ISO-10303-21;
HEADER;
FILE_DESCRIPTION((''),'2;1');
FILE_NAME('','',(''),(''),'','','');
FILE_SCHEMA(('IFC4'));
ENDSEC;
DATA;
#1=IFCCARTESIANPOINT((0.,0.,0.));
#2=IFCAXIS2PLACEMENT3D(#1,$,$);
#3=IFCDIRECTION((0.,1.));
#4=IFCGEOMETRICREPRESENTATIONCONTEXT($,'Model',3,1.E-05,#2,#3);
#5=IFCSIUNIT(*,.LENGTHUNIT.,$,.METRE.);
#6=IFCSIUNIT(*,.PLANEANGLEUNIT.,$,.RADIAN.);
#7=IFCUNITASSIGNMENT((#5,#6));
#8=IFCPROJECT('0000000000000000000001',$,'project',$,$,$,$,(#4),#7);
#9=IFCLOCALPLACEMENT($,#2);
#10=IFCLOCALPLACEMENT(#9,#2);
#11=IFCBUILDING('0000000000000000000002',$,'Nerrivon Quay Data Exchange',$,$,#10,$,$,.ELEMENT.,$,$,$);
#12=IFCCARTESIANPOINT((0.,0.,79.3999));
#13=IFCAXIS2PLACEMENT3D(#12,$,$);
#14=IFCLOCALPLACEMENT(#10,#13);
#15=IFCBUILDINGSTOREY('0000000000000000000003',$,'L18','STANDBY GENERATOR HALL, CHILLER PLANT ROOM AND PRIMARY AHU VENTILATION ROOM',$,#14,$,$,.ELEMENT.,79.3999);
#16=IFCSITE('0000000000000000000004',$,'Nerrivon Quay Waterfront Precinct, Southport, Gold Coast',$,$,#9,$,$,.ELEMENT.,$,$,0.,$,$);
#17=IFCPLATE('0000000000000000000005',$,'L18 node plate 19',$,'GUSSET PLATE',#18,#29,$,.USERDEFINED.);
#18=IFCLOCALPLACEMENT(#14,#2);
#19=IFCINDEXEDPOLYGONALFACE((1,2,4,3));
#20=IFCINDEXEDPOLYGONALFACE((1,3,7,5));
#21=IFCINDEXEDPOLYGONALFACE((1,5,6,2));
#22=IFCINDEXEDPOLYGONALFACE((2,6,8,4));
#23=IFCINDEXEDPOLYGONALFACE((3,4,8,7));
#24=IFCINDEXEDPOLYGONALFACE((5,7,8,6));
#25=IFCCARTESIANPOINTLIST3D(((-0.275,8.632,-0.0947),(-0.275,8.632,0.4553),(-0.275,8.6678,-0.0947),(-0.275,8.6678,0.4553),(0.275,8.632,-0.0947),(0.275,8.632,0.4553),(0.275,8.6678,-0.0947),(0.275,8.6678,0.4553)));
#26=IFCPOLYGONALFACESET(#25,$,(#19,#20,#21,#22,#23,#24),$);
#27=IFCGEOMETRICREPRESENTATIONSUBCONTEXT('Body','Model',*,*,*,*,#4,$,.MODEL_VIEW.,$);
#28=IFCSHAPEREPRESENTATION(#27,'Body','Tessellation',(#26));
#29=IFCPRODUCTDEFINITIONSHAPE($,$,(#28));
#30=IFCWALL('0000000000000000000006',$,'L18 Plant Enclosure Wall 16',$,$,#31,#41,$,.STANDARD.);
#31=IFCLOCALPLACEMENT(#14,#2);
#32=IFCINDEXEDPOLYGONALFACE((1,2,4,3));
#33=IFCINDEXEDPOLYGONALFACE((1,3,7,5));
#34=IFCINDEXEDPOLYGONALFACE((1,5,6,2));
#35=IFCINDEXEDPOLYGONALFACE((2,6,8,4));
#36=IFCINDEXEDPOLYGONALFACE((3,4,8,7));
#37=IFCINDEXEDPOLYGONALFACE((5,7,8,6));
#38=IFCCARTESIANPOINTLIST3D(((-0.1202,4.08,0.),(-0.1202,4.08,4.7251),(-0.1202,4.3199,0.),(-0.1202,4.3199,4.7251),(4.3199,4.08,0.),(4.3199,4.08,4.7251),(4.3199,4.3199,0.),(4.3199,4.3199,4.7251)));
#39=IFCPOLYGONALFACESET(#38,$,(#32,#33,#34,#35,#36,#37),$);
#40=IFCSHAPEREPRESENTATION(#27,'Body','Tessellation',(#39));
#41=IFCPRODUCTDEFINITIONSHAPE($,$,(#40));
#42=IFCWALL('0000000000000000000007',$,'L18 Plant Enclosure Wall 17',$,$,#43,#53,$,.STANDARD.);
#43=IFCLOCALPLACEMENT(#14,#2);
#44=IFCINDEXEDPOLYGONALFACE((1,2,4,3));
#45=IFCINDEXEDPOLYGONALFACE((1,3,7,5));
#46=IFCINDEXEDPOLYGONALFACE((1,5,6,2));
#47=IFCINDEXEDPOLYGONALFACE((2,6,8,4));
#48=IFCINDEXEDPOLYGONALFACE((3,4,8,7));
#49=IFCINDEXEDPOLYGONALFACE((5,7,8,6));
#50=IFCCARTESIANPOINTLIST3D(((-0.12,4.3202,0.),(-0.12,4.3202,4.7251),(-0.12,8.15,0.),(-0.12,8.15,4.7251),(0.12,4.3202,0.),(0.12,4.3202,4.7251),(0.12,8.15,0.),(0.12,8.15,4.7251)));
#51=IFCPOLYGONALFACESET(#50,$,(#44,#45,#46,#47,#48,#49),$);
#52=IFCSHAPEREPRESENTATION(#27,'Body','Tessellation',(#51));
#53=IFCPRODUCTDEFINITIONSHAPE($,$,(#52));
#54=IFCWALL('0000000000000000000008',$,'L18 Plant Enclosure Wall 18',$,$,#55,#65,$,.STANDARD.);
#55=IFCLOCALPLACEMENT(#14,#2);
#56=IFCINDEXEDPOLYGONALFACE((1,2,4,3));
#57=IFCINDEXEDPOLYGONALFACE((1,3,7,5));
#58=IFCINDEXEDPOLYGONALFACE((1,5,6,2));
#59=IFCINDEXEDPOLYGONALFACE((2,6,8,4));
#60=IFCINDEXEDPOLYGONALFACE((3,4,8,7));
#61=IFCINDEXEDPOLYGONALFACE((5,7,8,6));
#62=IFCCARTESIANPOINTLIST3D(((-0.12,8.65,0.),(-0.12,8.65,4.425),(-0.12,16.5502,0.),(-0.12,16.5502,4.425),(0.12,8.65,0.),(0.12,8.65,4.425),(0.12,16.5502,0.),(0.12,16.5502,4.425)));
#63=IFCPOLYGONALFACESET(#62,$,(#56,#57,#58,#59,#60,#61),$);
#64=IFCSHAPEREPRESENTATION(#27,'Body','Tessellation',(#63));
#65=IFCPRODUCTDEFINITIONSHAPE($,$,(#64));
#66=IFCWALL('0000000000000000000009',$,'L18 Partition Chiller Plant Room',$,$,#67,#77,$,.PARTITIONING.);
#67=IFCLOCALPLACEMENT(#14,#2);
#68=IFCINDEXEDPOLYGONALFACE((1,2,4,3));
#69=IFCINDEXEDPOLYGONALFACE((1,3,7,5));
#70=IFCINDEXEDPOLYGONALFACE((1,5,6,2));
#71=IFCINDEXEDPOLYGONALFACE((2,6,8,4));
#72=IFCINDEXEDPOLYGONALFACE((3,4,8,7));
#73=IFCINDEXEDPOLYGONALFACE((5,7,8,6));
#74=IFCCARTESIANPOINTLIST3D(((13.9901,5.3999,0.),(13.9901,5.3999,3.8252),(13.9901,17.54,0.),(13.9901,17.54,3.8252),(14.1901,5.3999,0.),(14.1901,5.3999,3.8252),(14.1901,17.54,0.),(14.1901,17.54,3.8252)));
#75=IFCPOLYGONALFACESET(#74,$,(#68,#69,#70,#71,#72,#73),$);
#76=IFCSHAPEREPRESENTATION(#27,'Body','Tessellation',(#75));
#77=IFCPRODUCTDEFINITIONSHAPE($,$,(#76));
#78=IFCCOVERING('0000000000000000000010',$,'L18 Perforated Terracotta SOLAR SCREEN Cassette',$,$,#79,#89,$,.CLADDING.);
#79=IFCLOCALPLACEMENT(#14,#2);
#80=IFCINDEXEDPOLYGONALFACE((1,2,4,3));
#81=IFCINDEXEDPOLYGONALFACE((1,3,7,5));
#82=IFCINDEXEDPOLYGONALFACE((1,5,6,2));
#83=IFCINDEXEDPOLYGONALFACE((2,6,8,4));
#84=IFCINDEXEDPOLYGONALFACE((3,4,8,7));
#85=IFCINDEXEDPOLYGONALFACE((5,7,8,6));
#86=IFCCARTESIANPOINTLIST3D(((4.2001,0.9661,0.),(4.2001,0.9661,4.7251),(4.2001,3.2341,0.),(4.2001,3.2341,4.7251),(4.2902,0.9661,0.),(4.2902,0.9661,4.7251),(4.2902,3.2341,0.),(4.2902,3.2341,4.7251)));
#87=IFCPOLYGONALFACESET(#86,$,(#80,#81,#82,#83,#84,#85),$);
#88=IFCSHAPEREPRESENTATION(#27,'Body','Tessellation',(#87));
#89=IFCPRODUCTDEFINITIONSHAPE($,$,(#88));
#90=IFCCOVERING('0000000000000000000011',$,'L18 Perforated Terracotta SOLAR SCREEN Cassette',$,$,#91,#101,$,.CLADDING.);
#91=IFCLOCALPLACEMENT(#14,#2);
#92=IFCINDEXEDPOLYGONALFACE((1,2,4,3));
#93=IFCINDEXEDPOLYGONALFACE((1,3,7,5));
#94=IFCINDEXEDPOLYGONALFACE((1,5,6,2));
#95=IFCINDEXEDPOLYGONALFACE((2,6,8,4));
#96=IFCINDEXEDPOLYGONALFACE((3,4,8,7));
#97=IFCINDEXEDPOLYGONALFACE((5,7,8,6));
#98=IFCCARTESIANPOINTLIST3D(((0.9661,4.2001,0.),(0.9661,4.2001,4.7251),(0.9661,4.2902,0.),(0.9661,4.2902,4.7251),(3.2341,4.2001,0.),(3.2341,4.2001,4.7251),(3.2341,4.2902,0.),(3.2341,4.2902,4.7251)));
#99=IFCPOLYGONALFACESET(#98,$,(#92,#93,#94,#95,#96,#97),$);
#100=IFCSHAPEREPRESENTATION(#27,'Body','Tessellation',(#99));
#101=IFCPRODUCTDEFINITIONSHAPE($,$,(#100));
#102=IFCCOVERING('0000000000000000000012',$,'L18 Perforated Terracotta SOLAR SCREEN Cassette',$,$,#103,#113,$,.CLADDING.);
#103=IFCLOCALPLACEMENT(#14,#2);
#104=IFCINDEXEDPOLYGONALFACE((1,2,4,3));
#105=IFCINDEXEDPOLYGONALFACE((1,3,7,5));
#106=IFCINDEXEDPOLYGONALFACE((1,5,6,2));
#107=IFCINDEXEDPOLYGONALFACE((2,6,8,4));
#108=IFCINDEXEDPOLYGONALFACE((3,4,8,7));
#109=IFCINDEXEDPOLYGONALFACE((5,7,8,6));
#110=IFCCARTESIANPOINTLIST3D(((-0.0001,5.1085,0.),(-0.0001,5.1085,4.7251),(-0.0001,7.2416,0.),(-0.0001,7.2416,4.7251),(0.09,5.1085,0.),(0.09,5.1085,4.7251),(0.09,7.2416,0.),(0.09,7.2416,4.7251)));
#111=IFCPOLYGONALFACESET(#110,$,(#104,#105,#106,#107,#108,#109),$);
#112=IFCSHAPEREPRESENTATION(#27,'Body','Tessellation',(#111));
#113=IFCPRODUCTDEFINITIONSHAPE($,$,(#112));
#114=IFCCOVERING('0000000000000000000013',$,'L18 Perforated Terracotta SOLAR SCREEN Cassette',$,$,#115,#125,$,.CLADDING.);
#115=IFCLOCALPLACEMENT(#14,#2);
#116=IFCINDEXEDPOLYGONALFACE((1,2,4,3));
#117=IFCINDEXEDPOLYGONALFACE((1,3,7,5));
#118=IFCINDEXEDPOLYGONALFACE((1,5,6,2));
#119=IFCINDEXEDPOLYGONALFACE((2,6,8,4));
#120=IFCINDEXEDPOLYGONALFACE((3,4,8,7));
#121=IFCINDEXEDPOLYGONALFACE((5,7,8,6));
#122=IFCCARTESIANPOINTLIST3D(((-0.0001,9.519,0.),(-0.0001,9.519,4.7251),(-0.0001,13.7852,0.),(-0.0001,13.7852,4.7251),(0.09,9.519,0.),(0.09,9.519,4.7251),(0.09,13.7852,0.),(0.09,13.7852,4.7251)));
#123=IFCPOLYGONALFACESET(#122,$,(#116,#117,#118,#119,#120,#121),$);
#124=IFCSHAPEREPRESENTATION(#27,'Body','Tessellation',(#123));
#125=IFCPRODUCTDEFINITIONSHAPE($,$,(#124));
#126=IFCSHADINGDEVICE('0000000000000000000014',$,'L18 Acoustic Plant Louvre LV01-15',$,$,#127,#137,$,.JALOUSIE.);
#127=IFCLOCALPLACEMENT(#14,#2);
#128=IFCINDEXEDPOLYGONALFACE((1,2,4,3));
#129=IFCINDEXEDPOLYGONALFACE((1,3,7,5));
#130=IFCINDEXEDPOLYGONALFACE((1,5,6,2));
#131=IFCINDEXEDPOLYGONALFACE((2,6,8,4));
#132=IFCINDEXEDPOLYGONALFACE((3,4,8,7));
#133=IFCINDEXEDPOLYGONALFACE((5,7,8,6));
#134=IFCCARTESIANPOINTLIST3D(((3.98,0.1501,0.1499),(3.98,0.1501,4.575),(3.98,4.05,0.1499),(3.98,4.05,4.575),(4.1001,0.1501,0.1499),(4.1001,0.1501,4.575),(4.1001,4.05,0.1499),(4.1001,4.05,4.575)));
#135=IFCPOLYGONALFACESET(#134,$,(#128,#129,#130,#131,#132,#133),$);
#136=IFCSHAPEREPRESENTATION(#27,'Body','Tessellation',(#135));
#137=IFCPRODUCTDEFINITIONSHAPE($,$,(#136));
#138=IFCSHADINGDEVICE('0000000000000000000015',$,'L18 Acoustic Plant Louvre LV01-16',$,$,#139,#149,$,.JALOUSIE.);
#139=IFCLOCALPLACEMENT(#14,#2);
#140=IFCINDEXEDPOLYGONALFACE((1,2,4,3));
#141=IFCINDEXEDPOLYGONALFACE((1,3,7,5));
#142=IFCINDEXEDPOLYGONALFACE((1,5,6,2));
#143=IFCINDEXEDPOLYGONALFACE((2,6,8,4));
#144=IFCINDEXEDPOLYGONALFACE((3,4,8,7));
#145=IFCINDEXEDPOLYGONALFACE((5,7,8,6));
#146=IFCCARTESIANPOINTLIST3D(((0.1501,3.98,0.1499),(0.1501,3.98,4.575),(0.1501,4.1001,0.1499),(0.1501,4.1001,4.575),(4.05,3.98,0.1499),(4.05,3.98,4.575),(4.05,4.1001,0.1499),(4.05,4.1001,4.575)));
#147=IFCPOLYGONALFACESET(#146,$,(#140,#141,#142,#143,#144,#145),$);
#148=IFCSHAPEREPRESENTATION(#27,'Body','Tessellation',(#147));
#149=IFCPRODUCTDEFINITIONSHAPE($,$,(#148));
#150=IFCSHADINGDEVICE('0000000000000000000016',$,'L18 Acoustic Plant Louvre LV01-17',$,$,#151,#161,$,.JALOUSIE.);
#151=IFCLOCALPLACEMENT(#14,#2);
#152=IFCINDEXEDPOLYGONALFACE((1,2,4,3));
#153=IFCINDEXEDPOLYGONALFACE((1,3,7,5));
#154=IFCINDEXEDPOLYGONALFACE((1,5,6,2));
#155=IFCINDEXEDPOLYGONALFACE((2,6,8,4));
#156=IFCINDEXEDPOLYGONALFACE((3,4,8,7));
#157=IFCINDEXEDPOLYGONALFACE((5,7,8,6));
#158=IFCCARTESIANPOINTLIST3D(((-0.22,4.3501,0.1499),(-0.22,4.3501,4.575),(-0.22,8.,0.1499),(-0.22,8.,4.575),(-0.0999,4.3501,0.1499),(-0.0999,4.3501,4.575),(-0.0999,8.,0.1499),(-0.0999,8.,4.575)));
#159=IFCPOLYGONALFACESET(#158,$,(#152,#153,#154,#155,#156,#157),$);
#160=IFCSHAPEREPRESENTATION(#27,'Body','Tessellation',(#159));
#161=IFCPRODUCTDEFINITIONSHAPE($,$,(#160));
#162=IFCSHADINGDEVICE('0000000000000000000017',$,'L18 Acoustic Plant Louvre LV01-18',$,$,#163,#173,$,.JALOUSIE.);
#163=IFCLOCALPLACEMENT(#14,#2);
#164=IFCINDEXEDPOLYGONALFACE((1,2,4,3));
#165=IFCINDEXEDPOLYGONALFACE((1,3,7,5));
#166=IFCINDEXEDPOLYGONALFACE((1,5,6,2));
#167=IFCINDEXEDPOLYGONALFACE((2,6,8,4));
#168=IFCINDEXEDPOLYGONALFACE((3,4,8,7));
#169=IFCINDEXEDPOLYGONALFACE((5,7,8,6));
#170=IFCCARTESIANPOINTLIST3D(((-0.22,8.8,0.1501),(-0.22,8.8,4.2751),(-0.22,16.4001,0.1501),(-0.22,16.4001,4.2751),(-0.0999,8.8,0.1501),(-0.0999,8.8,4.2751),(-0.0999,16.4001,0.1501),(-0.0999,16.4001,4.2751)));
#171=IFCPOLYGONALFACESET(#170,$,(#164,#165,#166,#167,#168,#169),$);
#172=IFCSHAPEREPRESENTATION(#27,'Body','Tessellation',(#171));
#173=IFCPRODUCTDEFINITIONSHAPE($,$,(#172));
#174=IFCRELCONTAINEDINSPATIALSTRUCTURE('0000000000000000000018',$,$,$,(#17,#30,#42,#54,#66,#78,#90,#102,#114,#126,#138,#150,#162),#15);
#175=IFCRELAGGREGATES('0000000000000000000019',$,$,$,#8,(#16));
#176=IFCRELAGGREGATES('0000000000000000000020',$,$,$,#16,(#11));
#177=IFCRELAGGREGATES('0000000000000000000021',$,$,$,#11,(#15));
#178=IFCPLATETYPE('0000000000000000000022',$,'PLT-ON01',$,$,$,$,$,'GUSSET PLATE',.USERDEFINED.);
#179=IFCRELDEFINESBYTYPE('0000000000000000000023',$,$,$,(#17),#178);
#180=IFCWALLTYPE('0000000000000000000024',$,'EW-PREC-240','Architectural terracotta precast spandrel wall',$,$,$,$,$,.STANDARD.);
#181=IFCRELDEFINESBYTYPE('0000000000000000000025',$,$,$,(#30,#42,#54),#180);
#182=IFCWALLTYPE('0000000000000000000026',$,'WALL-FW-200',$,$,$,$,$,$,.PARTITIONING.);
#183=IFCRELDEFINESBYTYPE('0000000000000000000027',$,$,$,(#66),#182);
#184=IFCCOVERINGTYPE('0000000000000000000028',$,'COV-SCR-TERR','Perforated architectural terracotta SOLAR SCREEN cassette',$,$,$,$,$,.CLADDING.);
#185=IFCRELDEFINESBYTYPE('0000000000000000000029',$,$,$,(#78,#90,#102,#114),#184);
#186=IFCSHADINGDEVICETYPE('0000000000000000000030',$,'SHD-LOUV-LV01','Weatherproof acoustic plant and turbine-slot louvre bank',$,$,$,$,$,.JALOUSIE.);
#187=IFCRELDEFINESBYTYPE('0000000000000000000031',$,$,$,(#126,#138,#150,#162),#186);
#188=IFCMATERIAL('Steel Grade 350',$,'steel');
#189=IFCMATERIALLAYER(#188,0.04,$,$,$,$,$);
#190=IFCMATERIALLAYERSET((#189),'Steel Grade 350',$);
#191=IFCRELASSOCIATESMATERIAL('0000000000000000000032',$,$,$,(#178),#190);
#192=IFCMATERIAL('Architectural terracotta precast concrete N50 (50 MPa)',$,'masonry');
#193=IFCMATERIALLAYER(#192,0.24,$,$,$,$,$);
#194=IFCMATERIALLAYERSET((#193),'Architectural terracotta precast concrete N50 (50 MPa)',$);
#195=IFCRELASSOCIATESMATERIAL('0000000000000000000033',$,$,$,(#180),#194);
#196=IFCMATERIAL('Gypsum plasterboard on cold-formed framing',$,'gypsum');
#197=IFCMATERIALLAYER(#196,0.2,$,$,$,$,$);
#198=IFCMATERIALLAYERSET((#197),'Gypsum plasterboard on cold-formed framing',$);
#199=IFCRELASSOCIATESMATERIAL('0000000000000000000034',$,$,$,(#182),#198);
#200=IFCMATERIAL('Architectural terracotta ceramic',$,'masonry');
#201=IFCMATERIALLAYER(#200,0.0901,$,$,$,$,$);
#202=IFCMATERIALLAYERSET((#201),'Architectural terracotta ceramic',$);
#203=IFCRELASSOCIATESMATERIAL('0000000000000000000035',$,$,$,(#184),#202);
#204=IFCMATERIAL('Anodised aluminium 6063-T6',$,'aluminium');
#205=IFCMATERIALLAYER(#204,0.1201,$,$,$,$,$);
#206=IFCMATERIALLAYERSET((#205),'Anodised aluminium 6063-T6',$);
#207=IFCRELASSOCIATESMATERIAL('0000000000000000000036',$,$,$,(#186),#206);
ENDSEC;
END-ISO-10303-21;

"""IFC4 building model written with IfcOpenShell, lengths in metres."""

from ifc_helpers import new_model, si_unit, direction, frame, frame_2d, origin, origin_2d, place, context, subcontext, project, spatial, rectangle, extrude, material, layer, layer_set, type_object, element, save


model = new_model("IFC4")

# Units and contexts
model_context = context("Model", 3, precision=1e-05, world=origin(), true_north=direction((0.0, 1.0)))
body_context = subcontext(model_context, "Body", "Model", "MODEL_VIEW")
ifc_project = project(units=[si_unit("LENGTHUNIT", "METRE"), si_unit("PLANEANGLEUNIT", "RADIAN")], contexts=[model_context])

# Site, building, storey
site_placement = place(None, origin())
site = spatial("IfcSite", under=ifc_project, at=site_placement, Name="Nerrivon Quay Waterfront Precinct, Southport, Gold Coast", CompositionType="ELEMENT", RefElevation=0.0)
building_placement = place(site_placement, origin())
building = spatial("IfcBuilding", under=site, at=building_placement, Name="Nerrivon Quay Data Exchange", CompositionType="ELEMENT")
storey_placement = place(building_placement, frame((0.0, 0.0, 79.3999)))
storey = spatial("IfcBuildingStorey", under=building, at=storey_placement, Name="L18", Description="STANDBY GENERATOR HALL, CHILLER PLANT ROOM AND PRIMARY AHU VENTILATION ROOM", CompositionType="ELEMENT", Elevation=79.3999)

# Shared definitions
ifc_material_1 = material(Name="Steel Grade 350", Category="steel")

# Plate
ifc_layer_1 = layer(ifc_material_1, 0.04)
ifc_layer_set_1 = layer_set([ifc_layer_1], Name="Steel Grade 350")
plate_type = type_object("IfcPlateType", Name="PLT-ON01", ElementType="GUSSET PLATE", PredefinedType="USERDEFINED", material=ifc_layer_set_1)
plate_placement = place(storey_placement, frame((0.0, 8.6499, -0.0947), z_axis=(0.0, 0.0, 1.0), x_axis=(1.0, 0.0, 0.0)))
element("IfcPlate", 1, at=plate_placement, inside=storey, type_object=plate_type, Name="L18 node plate 19", ObjectType="GUSSET PLATE", PredefinedType="USERDEFINED", context=body_context, shape_type="SweptSolid", body=[
    extrude(rectangle(XDim=0.55, YDim=0.0359, at=origin_2d()), origin(), (0.0, 0.0, 1.0), 0.55),
])

# Walls
ifc_material_2 = material(Name="Architectural terracotta precast concrete N50 (50 MPa)", Category="masonry")
ifc_layer_2 = layer(ifc_material_2, 0.24)
ifc_layer_set_2 = layer_set([ifc_layer_2], Name="Architectural terracotta precast concrete N50 (50 MPa)")
wall_type_1 = type_object("IfcWallType", Name="EW-PREC-240", Description="Architectural terracotta precast spandrel wall", PredefinedType="STANDARD", material=ifc_layer_set_2)
wall_1_placement = place(storey_placement, frame((4.3201, 4.2, 0.0), z_axis=(0.0, 0.0, 1.0), x_axis=(-1.0, 0.0, 0.0)))
element("IfcWall", 2, at=wall_1_placement, inside=storey, type_object=wall_type_1, Name="L18 Plant Enclosure Wall 16", PredefinedType="STANDARD", context=body_context, shape_type="SweptSolid", body=[
    extrude(rectangle(XDim=4.4402, YDim=0.24, at=frame_2d((2.2202, 0.0))), origin(), (0.0, 0.0, 1.0), 4.7251),
])
wall_2_placement = place(storey_placement, frame((0.0, 4.3201, 0.0), z_axis=(0.0, 0.0, 1.0), x_axis=(0.0, 1.0, 0.0)))
element("IfcWall", 3, at=wall_2_placement, inside=storey, type_object=wall_type_1, Name="L18 Plant Enclosure Wall 17", PredefinedType="STANDARD", context=body_context, shape_type="SweptSolid", body=[
    extrude(rectangle(XDim=3.8298, YDim=0.24, at=frame_2d((1.915, 0.0))), origin(), (0.0, 0.0, 1.0), 4.7251),
])
wall_3_placement = place(storey_placement, frame((0.0, 8.6499, 0.0), z_axis=(0.0, 0.0, 1.0), x_axis=(0.0, 1.0, 0.0)))
element("IfcWall", 4, at=wall_3_placement, inside=storey, type_object=wall_type_1, Name="L18 Plant Enclosure Wall 18", PredefinedType="STANDARD", context=body_context, shape_type="SweptSolid", body=[
    extrude(rectangle(XDim=7.9001, YDim=0.24, at=frame_2d((3.9502, 0.0))), origin(), (0.0, 0.0, 1.0), 4.425),
])
ifc_material_3 = material(Name="Gypsum plasterboard on cold-formed framing", Category="gypsum")
ifc_layer_3 = layer(ifc_material_3, 0.2)
ifc_layer_set_3 = layer_set([ifc_layer_3], Name="Gypsum plasterboard on cold-formed framing")
wall_type_2 = type_object("IfcWallType", Name="WALL-FW-200", PredefinedType="PARTITIONING", material=ifc_layer_set_3)
wall_4_placement = place(storey_placement, frame((14.0901, 5.3999, 0.0), z_axis=(0.0, 0.0, 1.0), x_axis=(0.0, 1.0, 0.0)))
element("IfcWall", 5, at=wall_4_placement, inside=storey, type_object=wall_type_2, Name="L18 Partition Chiller Plant Room", PredefinedType="PARTITIONING", context=body_context, shape_type="SweptSolid", body=[
    extrude(rectangle(XDim=12.1401, YDim=0.2, at=frame_2d((6.0701, 0.0))), origin(), (0.0, 0.0, 1.0), 3.8252),
])

# Coverings
ifc_material_4 = material(Name="Architectural terracotta ceramic", Category="masonry")
ifc_layer_4 = layer(ifc_material_4, 0.0901)
ifc_layer_set_4 = layer_set([ifc_layer_4], Name="Architectural terracotta ceramic")
covering_type = type_object("IfcCoveringType", Name="COV-SCR-TERR", Description="Perforated architectural terracotta SOLAR SCREEN cassette", PredefinedType="CLADDING", material=ifc_layer_set_4)
for number, where, z_axis, x_axis, name in (
    (6, (4.2451, 2.1001, 0.0), (0.0, 0.0, 1.0), (0.0, 1.0, 0.0), "L18 Perforated Terracotta SOLAR SCREEN Cassette"),
    (7, (2.1001, 4.2451, 0.0), (0.0, 0.0, 1.0), (-1.0, 0.0, 0.0), "L18 Perforated Terracotta SOLAR SCREEN Cassette"),
):
    element("IfcCovering", number, at=place(storey_placement, frame(where, z_axis=z_axis, x_axis=x_axis)), inside=storey, type_object=covering_type, Name=name, PredefinedType="CLADDING", context=body_context, shape_type="SweptSolid", body=[
        extrude(rectangle(XDim=2.2681, YDim=0.0901, at=origin_2d()), origin(), (0.0, 0.0, 1.0), 4.7251),
    ])
covering_1_placement = place(storey_placement, frame((0.0449, 6.175, 0.0), z_axis=(0.0, 0.0, 1.0), x_axis=(0.0, 1.0, 0.0)))
element("IfcCovering", 8, at=covering_1_placement, inside=storey, type_object=covering_type, Name="L18 Perforated Terracotta SOLAR SCREEN Cassette", PredefinedType="CLADDING", context=body_context, shape_type="SweptSolid", body=[
    extrude(rectangle(XDim=2.1331, YDim=0.0901, at=origin_2d()), origin(), (0.0, 0.0, 1.0), 4.7251),
])
covering_2_placement = place(storey_placement, frame((0.0449, 11.6521, 0.0), z_axis=(0.0, 0.0, 1.0), x_axis=(0.0, 1.0, 0.0)))
element("IfcCovering", 9, at=covering_2_placement, inside=storey, type_object=covering_type, Name="L18 Perforated Terracotta SOLAR SCREEN Cassette", PredefinedType="CLADDING", context=body_context, shape_type="SweptSolid", body=[
    extrude(rectangle(XDim=4.2661, YDim=0.0901, at=origin_2d()), origin(), (0.0, 0.0, 1.0), 4.7251),
])

# Shading devices
ifc_material_5 = material(Name="Anodised aluminium 6063-T6", Category="aluminium")
ifc_layer_5 = layer(ifc_material_5, 0.1201)
ifc_layer_set_5 = layer_set([ifc_layer_5], Name="Anodised aluminium 6063-T6")
shading_device_type = type_object("IfcShadingDeviceType", Name="SHD-LOUV-LV01", Description="Weatherproof acoustic plant and turbine-slot louvre bank", PredefinedType="JALOUSIE", material=ifc_layer_set_5)
for number, where, z_axis, x_axis, name in (
    (10, (4.04, 2.1001, 0.1499), (0.0, 0.0, 1.0), (0.0, 1.0, 0.0), "L18 Acoustic Plant Louvre LV01-15"),
    (11, (2.1001, 4.04, 0.1499), (0.0, 0.0, 1.0), (-1.0, 0.0, 0.0), "L18 Acoustic Plant Louvre LV01-16"),
):
    element("IfcShadingDevice", number, at=place(storey_placement, frame(where, z_axis=z_axis, x_axis=x_axis)), inside=storey, type_object=shading_device_type, Name=name, PredefinedType="JALOUSIE", context=body_context, shape_type="SweptSolid", body=[
        extrude(rectangle(XDim=3.8999, YDim=0.1201, at=origin_2d()), origin(), (0.0, 0.0, 1.0), 4.425),
    ])
shading_device_1_placement = place(storey_placement, frame((-0.1599, 6.175, 0.1499), z_axis=(0.0, 0.0, 1.0), x_axis=(0.0, 1.0, 0.0)))
element("IfcShadingDevice", 12, at=shading_device_1_placement, inside=storey, type_object=shading_device_type, Name="L18 Acoustic Plant Louvre LV01-17", PredefinedType="JALOUSIE", context=body_context, shape_type="SweptSolid", body=[
    extrude(rectangle(XDim=3.6499, YDim=0.1201, at=origin_2d()), origin(), (0.0, 0.0, 1.0), 4.425),
])
shading_device_2_placement = place(storey_placement, frame((-0.1599, 12.6001, 0.1501), z_axis=(0.0, 0.0, 1.0), x_axis=(0.0, 1.0, 0.0)))
element("IfcShadingDevice", 13, at=shading_device_2_placement, inside=storey, type_object=shading_device_type, Name="L18 Acoustic Plant Louvre LV01-18", PredefinedType="JALOUSIE", context=body_context, shape_type="SweptSolid", body=[
    extrude(rectangle(XDim=7.6001, YDim=0.1201, at=origin_2d()), origin(), (0.0, 0.0, 1.0), 4.125),
])

save(model, "model.ifc")
